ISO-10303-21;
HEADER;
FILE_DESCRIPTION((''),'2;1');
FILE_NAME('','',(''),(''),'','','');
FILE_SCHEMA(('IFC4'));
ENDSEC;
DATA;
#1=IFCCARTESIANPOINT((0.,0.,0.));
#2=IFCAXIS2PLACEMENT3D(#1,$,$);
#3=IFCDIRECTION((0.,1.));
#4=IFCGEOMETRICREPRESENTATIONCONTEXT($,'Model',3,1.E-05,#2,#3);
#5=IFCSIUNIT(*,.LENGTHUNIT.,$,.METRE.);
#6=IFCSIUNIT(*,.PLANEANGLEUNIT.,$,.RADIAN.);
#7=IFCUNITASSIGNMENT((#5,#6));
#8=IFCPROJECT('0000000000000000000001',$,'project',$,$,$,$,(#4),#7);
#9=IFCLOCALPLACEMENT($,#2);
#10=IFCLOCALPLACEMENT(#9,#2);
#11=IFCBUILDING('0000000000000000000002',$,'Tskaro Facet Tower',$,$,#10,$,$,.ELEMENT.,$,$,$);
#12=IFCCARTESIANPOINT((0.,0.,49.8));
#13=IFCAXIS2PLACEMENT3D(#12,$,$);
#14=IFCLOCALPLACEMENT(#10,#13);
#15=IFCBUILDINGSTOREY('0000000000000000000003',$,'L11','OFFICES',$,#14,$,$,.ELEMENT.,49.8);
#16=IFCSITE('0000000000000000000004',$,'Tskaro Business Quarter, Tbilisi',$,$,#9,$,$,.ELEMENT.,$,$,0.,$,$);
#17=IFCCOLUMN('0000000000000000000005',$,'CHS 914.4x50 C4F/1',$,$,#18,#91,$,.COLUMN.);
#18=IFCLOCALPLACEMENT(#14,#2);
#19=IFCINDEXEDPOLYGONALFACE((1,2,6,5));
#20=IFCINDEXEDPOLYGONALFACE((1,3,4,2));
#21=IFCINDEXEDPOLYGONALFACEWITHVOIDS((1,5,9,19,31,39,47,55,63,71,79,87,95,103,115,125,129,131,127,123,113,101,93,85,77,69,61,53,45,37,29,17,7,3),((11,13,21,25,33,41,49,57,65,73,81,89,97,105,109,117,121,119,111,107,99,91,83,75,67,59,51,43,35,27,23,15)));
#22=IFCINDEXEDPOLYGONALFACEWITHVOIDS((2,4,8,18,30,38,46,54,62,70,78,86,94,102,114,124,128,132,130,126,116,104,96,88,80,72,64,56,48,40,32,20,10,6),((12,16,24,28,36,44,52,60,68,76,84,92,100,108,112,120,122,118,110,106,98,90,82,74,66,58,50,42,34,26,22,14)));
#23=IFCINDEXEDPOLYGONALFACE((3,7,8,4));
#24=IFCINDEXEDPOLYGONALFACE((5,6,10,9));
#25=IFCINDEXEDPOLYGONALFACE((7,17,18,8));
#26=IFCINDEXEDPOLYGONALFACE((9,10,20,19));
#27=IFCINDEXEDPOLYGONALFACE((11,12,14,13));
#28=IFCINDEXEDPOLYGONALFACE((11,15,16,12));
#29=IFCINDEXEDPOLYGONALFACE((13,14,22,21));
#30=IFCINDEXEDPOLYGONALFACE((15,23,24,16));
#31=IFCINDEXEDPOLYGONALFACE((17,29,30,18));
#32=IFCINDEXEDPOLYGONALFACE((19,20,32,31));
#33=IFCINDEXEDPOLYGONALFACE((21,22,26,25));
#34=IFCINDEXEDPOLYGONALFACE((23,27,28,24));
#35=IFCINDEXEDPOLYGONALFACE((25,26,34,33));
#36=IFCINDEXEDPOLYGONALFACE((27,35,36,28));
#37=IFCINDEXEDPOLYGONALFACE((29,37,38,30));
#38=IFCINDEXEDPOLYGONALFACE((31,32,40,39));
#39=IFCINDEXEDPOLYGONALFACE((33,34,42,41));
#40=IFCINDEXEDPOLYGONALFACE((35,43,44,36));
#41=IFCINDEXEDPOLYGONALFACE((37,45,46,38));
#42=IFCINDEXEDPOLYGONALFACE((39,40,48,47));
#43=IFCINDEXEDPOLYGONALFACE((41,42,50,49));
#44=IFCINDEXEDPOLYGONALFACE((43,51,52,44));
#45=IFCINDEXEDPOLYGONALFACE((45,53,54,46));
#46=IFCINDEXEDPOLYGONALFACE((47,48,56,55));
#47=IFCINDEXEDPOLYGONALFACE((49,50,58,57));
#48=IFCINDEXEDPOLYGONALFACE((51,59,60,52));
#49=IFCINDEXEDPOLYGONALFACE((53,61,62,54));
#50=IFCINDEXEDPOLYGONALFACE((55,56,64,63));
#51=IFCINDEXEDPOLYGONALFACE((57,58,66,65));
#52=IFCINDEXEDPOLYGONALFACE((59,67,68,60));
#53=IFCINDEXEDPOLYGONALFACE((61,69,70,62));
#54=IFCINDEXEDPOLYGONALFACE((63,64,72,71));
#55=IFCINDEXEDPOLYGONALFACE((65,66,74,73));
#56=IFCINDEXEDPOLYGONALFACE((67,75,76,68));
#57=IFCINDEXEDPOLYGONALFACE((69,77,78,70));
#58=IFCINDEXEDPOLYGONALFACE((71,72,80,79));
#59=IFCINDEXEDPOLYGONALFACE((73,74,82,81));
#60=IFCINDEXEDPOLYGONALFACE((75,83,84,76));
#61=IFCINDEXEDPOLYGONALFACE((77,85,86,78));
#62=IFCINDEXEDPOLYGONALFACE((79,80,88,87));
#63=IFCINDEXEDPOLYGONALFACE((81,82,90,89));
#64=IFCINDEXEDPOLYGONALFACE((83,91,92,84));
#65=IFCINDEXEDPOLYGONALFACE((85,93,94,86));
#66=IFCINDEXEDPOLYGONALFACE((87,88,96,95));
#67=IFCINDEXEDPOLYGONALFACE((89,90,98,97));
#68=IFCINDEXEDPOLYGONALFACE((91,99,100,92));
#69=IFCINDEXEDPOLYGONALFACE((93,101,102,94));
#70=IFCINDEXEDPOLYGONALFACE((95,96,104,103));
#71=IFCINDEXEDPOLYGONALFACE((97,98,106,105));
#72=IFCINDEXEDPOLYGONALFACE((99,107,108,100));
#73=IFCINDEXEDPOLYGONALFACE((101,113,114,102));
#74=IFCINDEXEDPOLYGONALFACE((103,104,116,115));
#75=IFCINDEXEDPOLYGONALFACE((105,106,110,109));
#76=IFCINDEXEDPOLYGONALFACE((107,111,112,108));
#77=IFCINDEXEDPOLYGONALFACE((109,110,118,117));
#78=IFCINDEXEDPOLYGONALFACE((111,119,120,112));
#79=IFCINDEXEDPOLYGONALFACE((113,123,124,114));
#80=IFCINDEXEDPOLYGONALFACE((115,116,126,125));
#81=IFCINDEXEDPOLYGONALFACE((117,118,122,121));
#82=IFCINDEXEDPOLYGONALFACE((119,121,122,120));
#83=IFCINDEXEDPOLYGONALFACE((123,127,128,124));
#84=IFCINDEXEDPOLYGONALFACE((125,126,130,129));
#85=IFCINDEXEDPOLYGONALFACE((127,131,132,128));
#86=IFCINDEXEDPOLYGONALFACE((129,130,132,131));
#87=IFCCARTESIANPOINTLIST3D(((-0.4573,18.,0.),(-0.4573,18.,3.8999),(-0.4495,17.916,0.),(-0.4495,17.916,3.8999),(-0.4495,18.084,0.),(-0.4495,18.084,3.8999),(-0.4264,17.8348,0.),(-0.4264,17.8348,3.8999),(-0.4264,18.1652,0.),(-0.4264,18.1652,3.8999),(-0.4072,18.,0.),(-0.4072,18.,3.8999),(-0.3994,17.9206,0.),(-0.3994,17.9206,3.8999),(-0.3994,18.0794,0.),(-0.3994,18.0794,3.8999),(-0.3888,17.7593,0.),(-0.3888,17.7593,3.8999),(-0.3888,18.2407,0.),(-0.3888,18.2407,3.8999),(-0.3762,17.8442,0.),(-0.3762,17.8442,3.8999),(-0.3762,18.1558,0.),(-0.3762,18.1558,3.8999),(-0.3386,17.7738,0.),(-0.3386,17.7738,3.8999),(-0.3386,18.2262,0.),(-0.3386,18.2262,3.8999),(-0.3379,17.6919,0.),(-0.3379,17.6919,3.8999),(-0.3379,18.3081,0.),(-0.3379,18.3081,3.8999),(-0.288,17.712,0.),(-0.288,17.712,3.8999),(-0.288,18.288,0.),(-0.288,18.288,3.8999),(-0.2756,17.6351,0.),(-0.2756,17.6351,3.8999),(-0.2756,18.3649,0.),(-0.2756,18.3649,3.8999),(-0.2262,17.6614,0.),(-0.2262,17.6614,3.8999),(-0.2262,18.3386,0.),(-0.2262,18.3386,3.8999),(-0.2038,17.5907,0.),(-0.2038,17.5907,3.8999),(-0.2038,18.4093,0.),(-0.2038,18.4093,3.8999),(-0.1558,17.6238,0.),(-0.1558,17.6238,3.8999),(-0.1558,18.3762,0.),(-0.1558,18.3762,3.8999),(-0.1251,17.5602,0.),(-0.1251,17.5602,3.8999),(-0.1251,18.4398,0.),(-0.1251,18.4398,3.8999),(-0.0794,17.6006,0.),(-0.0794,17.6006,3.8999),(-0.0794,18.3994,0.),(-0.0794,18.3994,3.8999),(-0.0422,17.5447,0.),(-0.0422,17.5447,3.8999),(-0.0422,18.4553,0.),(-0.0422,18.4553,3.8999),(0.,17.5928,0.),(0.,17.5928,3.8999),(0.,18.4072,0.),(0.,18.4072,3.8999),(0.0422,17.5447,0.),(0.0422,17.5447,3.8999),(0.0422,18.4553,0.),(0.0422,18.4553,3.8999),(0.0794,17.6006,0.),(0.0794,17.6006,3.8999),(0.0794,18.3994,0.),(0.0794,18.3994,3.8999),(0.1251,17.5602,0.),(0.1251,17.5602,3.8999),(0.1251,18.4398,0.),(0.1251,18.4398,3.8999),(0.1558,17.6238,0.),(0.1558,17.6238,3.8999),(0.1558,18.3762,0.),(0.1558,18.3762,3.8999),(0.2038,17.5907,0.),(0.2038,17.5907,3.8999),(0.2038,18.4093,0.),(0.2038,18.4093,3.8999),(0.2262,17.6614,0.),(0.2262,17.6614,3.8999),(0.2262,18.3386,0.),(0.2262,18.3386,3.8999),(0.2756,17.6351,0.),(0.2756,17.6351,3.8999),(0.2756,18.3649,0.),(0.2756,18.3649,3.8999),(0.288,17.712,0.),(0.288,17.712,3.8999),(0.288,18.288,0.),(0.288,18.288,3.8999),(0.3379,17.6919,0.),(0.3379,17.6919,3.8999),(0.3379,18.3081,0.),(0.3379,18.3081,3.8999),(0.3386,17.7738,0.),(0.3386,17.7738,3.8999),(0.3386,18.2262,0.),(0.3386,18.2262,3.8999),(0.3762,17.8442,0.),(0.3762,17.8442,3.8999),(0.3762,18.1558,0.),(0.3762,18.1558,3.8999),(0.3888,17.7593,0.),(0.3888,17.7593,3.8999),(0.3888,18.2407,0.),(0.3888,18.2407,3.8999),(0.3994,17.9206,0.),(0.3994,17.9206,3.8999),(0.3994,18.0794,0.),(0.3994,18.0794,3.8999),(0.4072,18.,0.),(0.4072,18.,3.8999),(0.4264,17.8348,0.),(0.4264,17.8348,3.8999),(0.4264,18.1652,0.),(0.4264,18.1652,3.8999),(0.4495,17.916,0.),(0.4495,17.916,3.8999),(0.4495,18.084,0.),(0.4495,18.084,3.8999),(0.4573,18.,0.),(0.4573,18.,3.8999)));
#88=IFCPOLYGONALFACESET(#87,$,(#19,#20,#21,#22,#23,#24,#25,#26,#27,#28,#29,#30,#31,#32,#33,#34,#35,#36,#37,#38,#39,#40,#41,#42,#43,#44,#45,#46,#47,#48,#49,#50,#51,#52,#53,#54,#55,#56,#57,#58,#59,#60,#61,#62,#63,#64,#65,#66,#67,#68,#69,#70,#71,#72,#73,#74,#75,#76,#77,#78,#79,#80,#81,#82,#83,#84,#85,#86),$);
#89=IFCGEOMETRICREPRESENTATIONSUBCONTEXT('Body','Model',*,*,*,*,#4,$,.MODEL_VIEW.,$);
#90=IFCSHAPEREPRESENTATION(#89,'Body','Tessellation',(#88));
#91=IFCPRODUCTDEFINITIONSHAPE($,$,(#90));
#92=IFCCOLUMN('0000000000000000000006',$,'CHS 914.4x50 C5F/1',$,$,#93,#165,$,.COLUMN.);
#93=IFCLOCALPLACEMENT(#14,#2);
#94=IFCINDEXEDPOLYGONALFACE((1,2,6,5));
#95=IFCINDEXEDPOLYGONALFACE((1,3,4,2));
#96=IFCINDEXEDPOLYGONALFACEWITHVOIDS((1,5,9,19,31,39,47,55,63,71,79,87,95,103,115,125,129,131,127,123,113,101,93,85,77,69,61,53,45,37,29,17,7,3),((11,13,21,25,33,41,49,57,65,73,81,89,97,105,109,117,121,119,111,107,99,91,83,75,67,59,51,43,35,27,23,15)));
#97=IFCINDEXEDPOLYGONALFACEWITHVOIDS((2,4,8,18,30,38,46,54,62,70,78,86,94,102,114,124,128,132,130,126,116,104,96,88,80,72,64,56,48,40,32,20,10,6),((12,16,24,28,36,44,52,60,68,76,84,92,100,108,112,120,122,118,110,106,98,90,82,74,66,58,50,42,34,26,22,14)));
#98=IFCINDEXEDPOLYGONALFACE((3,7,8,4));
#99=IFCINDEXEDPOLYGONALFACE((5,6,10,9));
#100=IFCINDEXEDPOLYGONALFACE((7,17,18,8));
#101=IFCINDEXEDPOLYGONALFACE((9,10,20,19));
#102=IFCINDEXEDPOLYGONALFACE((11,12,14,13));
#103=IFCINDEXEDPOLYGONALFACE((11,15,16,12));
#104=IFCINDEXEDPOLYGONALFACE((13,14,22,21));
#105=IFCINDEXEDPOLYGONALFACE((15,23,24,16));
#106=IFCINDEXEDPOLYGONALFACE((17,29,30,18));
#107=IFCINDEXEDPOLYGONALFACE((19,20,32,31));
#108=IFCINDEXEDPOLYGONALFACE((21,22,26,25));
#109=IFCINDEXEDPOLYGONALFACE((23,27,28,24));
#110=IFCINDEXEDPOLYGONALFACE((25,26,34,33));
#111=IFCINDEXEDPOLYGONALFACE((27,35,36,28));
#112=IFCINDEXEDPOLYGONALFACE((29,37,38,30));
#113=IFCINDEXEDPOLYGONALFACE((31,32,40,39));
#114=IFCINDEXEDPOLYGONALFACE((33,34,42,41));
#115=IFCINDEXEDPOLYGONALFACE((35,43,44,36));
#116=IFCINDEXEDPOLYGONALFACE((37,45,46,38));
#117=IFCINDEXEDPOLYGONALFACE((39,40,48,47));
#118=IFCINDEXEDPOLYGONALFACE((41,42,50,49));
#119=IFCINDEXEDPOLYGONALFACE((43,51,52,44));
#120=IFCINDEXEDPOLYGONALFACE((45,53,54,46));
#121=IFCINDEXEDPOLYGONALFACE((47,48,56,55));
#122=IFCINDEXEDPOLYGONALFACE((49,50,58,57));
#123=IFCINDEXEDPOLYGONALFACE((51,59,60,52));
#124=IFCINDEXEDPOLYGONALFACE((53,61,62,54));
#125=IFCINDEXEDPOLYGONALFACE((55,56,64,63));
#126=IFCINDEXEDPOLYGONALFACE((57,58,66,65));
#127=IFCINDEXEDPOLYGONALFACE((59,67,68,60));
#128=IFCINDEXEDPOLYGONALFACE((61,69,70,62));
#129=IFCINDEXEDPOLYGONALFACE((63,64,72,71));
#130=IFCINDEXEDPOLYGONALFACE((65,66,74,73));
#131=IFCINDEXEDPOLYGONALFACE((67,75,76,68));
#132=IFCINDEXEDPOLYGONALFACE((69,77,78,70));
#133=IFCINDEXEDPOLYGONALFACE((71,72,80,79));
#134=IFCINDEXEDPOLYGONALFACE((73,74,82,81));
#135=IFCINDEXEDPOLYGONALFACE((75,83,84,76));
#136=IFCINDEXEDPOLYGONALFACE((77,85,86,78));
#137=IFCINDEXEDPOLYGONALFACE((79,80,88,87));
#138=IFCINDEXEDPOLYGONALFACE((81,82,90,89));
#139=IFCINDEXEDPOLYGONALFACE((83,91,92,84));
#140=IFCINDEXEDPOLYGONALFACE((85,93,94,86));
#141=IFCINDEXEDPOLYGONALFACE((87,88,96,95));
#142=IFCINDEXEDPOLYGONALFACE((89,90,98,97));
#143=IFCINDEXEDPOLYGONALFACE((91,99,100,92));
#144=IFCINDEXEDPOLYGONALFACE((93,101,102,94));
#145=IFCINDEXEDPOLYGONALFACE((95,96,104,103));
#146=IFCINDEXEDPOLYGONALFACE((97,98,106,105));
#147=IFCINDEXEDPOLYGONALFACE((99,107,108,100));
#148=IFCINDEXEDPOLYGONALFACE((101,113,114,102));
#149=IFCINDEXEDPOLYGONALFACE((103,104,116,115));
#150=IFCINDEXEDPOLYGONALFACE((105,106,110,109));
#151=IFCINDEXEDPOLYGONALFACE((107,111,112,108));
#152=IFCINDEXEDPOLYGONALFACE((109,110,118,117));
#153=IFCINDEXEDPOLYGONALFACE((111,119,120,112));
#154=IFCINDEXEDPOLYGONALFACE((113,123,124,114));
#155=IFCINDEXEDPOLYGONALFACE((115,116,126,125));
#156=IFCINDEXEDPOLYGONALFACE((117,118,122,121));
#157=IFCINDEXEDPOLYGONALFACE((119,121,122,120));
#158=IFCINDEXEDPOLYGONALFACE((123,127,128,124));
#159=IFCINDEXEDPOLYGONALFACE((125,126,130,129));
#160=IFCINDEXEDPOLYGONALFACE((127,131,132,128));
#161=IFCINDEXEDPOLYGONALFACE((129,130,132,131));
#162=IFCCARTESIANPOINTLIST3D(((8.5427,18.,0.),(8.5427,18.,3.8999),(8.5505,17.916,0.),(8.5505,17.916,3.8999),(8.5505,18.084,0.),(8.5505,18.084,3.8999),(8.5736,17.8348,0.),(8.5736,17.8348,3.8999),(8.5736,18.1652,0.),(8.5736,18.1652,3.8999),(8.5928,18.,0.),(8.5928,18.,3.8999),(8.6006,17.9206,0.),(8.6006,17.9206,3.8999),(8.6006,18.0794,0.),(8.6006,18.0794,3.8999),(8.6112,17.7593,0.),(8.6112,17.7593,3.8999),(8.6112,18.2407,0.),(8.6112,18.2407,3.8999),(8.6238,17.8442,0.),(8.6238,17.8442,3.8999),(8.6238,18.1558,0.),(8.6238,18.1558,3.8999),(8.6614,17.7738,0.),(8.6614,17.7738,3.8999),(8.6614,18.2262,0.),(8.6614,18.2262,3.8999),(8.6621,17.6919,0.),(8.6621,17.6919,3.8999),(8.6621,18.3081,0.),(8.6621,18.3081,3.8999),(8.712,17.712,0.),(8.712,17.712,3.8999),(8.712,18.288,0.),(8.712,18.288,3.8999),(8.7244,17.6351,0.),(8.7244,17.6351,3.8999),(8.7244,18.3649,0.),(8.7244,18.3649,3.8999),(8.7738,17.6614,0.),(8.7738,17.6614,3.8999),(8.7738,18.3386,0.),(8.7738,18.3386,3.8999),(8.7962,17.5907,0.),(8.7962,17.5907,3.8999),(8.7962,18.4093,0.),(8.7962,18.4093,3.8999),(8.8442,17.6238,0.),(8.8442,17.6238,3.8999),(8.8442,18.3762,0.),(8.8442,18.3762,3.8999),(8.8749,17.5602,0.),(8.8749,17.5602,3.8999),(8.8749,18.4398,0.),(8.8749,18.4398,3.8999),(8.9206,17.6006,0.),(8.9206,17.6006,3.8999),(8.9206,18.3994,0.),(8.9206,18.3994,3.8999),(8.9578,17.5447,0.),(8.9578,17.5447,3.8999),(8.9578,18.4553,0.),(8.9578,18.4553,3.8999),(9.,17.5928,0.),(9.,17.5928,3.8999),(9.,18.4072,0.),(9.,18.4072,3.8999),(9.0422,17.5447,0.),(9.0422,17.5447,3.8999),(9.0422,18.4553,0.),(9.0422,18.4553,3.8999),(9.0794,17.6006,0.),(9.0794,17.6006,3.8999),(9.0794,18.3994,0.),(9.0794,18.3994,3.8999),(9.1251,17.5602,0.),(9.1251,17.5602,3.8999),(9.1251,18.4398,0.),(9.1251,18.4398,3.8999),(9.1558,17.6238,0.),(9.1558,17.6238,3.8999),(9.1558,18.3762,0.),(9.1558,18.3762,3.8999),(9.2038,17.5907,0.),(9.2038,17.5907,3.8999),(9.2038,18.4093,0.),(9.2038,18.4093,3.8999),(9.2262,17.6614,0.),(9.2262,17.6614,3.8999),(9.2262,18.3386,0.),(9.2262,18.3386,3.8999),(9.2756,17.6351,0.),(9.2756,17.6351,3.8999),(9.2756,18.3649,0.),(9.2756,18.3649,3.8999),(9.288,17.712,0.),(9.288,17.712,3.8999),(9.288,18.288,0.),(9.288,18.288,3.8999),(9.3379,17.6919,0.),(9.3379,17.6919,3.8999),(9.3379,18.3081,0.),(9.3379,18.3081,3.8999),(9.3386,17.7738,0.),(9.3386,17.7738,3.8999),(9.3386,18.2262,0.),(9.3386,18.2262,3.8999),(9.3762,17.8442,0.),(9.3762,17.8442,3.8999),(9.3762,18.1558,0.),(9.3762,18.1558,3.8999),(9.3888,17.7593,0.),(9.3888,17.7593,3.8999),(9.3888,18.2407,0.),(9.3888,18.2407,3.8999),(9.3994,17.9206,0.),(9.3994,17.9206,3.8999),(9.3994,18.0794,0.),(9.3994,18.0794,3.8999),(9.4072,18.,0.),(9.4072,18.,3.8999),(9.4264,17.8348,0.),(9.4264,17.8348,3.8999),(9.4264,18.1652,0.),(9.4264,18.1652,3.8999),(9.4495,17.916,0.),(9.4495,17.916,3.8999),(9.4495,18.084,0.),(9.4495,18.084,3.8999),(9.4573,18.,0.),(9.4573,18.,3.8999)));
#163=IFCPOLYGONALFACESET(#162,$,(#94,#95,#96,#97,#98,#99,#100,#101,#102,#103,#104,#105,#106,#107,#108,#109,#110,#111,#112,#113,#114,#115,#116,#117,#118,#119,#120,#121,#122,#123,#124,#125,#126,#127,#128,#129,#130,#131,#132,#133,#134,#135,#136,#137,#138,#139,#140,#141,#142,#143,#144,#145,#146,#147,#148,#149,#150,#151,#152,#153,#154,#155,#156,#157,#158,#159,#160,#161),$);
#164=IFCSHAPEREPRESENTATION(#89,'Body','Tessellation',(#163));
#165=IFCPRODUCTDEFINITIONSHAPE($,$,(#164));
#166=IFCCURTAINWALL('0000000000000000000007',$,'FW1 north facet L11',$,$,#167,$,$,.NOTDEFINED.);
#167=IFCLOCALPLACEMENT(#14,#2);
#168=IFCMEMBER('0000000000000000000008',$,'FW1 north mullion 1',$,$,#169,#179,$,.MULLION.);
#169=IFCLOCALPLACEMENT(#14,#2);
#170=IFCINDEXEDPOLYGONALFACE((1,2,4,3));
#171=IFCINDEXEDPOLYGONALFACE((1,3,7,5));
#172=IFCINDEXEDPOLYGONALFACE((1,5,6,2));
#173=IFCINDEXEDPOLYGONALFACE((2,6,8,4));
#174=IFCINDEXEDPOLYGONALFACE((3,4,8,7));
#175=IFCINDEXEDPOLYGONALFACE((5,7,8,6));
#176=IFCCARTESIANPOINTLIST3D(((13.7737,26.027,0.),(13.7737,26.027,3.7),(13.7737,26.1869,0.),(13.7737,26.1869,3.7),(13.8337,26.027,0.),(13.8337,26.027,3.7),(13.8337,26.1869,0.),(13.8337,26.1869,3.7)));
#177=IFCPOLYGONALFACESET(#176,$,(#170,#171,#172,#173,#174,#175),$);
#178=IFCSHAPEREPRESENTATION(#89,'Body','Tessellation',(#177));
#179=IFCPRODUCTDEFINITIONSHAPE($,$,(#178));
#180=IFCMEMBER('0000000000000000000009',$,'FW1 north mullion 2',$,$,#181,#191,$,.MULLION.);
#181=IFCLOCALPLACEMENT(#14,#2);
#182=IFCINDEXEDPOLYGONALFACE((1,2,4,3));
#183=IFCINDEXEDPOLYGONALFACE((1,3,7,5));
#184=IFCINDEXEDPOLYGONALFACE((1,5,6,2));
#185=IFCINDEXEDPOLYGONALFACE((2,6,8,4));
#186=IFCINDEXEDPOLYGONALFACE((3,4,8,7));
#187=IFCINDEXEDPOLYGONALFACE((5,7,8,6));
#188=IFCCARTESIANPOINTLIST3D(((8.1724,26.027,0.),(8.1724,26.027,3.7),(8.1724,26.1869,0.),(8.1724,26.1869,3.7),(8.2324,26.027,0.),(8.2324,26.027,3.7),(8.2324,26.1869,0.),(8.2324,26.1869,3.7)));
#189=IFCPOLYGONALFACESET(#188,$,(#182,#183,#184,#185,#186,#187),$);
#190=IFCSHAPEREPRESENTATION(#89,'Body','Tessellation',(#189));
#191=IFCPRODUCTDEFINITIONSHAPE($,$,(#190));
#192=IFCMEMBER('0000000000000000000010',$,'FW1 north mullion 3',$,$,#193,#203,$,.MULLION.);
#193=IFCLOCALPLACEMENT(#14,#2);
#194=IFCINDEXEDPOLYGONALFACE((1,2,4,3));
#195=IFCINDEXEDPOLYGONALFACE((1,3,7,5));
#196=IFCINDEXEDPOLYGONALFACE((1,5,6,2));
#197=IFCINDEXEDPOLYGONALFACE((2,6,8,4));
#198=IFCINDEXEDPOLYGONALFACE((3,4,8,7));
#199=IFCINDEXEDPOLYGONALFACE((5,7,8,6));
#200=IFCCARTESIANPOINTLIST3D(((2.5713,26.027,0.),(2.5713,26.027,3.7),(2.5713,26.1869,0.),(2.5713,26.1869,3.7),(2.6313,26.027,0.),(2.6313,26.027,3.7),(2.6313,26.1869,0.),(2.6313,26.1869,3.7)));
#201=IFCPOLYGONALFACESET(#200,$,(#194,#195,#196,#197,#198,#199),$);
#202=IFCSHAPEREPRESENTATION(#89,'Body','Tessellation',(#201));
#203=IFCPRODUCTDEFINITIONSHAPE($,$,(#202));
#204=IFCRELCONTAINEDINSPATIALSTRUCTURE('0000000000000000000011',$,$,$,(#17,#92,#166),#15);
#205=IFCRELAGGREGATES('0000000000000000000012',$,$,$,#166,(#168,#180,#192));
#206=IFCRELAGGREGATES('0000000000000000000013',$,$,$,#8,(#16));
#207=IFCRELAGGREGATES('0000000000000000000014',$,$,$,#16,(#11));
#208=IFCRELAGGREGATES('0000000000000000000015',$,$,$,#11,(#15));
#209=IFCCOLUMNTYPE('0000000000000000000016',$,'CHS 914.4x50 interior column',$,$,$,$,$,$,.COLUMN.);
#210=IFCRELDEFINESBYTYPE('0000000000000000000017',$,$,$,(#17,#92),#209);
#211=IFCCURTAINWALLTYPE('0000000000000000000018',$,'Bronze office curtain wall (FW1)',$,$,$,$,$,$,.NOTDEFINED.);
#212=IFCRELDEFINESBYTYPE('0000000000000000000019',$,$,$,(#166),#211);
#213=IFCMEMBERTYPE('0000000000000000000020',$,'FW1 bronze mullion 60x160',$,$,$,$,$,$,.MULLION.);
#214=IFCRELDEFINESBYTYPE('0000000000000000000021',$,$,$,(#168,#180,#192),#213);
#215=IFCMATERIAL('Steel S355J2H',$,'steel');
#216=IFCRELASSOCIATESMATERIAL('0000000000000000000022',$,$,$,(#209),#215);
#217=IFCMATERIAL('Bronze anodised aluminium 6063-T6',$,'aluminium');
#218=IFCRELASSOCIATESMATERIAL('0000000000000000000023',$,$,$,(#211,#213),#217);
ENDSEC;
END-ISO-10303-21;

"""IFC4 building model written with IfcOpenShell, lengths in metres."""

from ifc_helpers import new_model, si_unit, direction, frame, origin, origin_2d, place, context, subcontext, project, spatial, rectangle, hollow_circle, extrude, material, material_profile, profile_set, type_object, element, aggregate, save


model = new_model("IFC4")

# Units and contexts
model_context = context("Model", 3, precision=1e-05, world=origin(), true_north=direction((0.0, 1.0)))
body_context = subcontext(model_context, "Body", "Model", "MODEL_VIEW")
ifc_project = project(units=[si_unit("LENGTHUNIT", "METRE"), si_unit("PLANEANGLEUNIT", "RADIAN")], contexts=[model_context])

# Site, building, storey
site_placement = place(None, origin())
site = spatial("IfcSite", under=ifc_project, at=site_placement, Name="Tskaro Business Quarter, Tbilisi", CompositionType="ELEMENT", RefElevation=0.0)
building_placement = place(site_placement, origin())
building = spatial("IfcBuilding", under=site, at=building_placement, Name="Tskaro Facet Tower", CompositionType="ELEMENT")
storey_placement = place(building_placement, frame((0.0, 0.0, 49.8)))
storey = spatial("IfcBuildingStorey", under=building, at=storey_placement, Name="L11", Description="OFFICES", CompositionType="ELEMENT", Elevation=49.8)

# Columns
ifc_material_1 = material(Name="Steel S355J2H", Category="steel")
ifc_material_profile_1 = material_profile(ifc_material_1, hollow_circle(Radius=0.4573, WallThickness=0.05, at=origin_2d()), Name="CHS 914.4x50")
ifc_profile_set_1 = profile_set([ifc_material_profile_1], Name="Steel S355J2H")
column_type_1 = type_object("IfcColumnType", Name="CHS 914.4x50 interior column", PredefinedType="COLUMN", material=ifc_profile_set_1)
for number, where, z_axis, x_axis, name in (
    (1, (0.0, 18.0, 0.0), (0.0, 0.0, 1.0), (1.0, 0.0, 0.0), "CHS 914.4x50 C4F/1"),
    (2, (9.0, 18.0, 0.0), (0.0, 0.0, 1.0), (1.0, 0.0, 0.0), "CHS 914.4x50 C5F/1"),
):
    element("IfcColumn", number, at=place(storey_placement, frame(where, z_axis=z_axis, x_axis=x_axis)), inside=storey, type_object=column_type_1, Name=name, PredefinedType="COLUMN", context=body_context, shape_type="SweptSolid", body=[
        extrude(hollow_circle(Radius=0.4573, WallThickness=0.05, at=origin_2d()), origin(), (0.0, 0.0, 1.0), 3.8999),
    ])

# Curtain wall, members
ifc_material_2 = material(Name="Bronze anodised aluminium 6063-T6", Category="aluminium")
curtain_wall_type = type_object("IfcCurtainWallType", Name="Bronze office curtain wall (FW1)", PredefinedType="NOTDEFINED", material=ifc_material_2)
curtain_wall_placement = place(storey_placement, origin())
curtain_wall = element("IfcCurtainWall", 3, at=curtain_wall_placement, inside=storey, type_object=curtain_wall_type, Name="FW1 north facet L11", PredefinedType="NOTDEFINED")
ifc_material_profile_2 = material_profile(ifc_material_2, rectangle(XDim=0.0601, YDim=0.1599, at=origin_2d()), Name="Mullion 60x160")
ifc_profile_set_2 = profile_set([ifc_material_profile_2], Name="Bronze anodised aluminium 6063-T6")
member_type_1 = type_object("IfcMemberType", Name="FW1 bronze mullion 60x160", PredefinedType="MULLION", material=ifc_profile_set_2)
member_1_placement = place(storey_placement, frame((13.8037, 26.1069, 0.0), z_axis=(0.0, 0.0, 1.0), x_axis=(-1.0, 0.0, 0.0)))
member_1 = element("IfcMember", 4, at=member_1_placement, type_object=member_type_1, Name="FW1 north mullion 1", PredefinedType="MULLION", context=body_context, shape_type="SweptSolid", body=[
    extrude(rectangle(XDim=0.0601, YDim=0.1599, at=origin_2d()), origin(), (0.0, 0.0, 1.0), 3.7),
])
member_2_placement = place(storey_placement, frame((8.2024, 26.1069, 0.0), z_axis=(0.0, 0.0, 1.0), x_axis=(-1.0, 0.0, 0.0)))
member_2 = element("IfcMember", 5, at=member_2_placement, type_object=member_type_1, Name="FW1 north mullion 2", PredefinedType="MULLION", context=body_context, shape_type="SweptSolid", body=[
    extrude(rectangle(XDim=0.0601, YDim=0.1599, at=origin_2d()), origin(), (0.0, 0.0, 1.0), 3.7),
])
member_3_placement = place(storey_placement, frame((2.6013, 26.1069, 0.0), z_axis=(0.0, 0.0, 1.0), x_axis=(-1.0, 0.0, 0.0)))
member_3 = element("IfcMember", 6, at=member_3_placement, type_object=member_type_1, Name="FW1 north mullion 3", PredefinedType="MULLION", context=body_context, shape_type="SweptSolid", body=[
    extrude(rectangle(XDim=0.0601, YDim=0.1599, at=origin_2d()), origin(), (0.0, 0.0, 1.0), 3.7),
])

aggregate(curtain_wall, [member_1, member_2, member_3])

save(model, "model.ifc")
